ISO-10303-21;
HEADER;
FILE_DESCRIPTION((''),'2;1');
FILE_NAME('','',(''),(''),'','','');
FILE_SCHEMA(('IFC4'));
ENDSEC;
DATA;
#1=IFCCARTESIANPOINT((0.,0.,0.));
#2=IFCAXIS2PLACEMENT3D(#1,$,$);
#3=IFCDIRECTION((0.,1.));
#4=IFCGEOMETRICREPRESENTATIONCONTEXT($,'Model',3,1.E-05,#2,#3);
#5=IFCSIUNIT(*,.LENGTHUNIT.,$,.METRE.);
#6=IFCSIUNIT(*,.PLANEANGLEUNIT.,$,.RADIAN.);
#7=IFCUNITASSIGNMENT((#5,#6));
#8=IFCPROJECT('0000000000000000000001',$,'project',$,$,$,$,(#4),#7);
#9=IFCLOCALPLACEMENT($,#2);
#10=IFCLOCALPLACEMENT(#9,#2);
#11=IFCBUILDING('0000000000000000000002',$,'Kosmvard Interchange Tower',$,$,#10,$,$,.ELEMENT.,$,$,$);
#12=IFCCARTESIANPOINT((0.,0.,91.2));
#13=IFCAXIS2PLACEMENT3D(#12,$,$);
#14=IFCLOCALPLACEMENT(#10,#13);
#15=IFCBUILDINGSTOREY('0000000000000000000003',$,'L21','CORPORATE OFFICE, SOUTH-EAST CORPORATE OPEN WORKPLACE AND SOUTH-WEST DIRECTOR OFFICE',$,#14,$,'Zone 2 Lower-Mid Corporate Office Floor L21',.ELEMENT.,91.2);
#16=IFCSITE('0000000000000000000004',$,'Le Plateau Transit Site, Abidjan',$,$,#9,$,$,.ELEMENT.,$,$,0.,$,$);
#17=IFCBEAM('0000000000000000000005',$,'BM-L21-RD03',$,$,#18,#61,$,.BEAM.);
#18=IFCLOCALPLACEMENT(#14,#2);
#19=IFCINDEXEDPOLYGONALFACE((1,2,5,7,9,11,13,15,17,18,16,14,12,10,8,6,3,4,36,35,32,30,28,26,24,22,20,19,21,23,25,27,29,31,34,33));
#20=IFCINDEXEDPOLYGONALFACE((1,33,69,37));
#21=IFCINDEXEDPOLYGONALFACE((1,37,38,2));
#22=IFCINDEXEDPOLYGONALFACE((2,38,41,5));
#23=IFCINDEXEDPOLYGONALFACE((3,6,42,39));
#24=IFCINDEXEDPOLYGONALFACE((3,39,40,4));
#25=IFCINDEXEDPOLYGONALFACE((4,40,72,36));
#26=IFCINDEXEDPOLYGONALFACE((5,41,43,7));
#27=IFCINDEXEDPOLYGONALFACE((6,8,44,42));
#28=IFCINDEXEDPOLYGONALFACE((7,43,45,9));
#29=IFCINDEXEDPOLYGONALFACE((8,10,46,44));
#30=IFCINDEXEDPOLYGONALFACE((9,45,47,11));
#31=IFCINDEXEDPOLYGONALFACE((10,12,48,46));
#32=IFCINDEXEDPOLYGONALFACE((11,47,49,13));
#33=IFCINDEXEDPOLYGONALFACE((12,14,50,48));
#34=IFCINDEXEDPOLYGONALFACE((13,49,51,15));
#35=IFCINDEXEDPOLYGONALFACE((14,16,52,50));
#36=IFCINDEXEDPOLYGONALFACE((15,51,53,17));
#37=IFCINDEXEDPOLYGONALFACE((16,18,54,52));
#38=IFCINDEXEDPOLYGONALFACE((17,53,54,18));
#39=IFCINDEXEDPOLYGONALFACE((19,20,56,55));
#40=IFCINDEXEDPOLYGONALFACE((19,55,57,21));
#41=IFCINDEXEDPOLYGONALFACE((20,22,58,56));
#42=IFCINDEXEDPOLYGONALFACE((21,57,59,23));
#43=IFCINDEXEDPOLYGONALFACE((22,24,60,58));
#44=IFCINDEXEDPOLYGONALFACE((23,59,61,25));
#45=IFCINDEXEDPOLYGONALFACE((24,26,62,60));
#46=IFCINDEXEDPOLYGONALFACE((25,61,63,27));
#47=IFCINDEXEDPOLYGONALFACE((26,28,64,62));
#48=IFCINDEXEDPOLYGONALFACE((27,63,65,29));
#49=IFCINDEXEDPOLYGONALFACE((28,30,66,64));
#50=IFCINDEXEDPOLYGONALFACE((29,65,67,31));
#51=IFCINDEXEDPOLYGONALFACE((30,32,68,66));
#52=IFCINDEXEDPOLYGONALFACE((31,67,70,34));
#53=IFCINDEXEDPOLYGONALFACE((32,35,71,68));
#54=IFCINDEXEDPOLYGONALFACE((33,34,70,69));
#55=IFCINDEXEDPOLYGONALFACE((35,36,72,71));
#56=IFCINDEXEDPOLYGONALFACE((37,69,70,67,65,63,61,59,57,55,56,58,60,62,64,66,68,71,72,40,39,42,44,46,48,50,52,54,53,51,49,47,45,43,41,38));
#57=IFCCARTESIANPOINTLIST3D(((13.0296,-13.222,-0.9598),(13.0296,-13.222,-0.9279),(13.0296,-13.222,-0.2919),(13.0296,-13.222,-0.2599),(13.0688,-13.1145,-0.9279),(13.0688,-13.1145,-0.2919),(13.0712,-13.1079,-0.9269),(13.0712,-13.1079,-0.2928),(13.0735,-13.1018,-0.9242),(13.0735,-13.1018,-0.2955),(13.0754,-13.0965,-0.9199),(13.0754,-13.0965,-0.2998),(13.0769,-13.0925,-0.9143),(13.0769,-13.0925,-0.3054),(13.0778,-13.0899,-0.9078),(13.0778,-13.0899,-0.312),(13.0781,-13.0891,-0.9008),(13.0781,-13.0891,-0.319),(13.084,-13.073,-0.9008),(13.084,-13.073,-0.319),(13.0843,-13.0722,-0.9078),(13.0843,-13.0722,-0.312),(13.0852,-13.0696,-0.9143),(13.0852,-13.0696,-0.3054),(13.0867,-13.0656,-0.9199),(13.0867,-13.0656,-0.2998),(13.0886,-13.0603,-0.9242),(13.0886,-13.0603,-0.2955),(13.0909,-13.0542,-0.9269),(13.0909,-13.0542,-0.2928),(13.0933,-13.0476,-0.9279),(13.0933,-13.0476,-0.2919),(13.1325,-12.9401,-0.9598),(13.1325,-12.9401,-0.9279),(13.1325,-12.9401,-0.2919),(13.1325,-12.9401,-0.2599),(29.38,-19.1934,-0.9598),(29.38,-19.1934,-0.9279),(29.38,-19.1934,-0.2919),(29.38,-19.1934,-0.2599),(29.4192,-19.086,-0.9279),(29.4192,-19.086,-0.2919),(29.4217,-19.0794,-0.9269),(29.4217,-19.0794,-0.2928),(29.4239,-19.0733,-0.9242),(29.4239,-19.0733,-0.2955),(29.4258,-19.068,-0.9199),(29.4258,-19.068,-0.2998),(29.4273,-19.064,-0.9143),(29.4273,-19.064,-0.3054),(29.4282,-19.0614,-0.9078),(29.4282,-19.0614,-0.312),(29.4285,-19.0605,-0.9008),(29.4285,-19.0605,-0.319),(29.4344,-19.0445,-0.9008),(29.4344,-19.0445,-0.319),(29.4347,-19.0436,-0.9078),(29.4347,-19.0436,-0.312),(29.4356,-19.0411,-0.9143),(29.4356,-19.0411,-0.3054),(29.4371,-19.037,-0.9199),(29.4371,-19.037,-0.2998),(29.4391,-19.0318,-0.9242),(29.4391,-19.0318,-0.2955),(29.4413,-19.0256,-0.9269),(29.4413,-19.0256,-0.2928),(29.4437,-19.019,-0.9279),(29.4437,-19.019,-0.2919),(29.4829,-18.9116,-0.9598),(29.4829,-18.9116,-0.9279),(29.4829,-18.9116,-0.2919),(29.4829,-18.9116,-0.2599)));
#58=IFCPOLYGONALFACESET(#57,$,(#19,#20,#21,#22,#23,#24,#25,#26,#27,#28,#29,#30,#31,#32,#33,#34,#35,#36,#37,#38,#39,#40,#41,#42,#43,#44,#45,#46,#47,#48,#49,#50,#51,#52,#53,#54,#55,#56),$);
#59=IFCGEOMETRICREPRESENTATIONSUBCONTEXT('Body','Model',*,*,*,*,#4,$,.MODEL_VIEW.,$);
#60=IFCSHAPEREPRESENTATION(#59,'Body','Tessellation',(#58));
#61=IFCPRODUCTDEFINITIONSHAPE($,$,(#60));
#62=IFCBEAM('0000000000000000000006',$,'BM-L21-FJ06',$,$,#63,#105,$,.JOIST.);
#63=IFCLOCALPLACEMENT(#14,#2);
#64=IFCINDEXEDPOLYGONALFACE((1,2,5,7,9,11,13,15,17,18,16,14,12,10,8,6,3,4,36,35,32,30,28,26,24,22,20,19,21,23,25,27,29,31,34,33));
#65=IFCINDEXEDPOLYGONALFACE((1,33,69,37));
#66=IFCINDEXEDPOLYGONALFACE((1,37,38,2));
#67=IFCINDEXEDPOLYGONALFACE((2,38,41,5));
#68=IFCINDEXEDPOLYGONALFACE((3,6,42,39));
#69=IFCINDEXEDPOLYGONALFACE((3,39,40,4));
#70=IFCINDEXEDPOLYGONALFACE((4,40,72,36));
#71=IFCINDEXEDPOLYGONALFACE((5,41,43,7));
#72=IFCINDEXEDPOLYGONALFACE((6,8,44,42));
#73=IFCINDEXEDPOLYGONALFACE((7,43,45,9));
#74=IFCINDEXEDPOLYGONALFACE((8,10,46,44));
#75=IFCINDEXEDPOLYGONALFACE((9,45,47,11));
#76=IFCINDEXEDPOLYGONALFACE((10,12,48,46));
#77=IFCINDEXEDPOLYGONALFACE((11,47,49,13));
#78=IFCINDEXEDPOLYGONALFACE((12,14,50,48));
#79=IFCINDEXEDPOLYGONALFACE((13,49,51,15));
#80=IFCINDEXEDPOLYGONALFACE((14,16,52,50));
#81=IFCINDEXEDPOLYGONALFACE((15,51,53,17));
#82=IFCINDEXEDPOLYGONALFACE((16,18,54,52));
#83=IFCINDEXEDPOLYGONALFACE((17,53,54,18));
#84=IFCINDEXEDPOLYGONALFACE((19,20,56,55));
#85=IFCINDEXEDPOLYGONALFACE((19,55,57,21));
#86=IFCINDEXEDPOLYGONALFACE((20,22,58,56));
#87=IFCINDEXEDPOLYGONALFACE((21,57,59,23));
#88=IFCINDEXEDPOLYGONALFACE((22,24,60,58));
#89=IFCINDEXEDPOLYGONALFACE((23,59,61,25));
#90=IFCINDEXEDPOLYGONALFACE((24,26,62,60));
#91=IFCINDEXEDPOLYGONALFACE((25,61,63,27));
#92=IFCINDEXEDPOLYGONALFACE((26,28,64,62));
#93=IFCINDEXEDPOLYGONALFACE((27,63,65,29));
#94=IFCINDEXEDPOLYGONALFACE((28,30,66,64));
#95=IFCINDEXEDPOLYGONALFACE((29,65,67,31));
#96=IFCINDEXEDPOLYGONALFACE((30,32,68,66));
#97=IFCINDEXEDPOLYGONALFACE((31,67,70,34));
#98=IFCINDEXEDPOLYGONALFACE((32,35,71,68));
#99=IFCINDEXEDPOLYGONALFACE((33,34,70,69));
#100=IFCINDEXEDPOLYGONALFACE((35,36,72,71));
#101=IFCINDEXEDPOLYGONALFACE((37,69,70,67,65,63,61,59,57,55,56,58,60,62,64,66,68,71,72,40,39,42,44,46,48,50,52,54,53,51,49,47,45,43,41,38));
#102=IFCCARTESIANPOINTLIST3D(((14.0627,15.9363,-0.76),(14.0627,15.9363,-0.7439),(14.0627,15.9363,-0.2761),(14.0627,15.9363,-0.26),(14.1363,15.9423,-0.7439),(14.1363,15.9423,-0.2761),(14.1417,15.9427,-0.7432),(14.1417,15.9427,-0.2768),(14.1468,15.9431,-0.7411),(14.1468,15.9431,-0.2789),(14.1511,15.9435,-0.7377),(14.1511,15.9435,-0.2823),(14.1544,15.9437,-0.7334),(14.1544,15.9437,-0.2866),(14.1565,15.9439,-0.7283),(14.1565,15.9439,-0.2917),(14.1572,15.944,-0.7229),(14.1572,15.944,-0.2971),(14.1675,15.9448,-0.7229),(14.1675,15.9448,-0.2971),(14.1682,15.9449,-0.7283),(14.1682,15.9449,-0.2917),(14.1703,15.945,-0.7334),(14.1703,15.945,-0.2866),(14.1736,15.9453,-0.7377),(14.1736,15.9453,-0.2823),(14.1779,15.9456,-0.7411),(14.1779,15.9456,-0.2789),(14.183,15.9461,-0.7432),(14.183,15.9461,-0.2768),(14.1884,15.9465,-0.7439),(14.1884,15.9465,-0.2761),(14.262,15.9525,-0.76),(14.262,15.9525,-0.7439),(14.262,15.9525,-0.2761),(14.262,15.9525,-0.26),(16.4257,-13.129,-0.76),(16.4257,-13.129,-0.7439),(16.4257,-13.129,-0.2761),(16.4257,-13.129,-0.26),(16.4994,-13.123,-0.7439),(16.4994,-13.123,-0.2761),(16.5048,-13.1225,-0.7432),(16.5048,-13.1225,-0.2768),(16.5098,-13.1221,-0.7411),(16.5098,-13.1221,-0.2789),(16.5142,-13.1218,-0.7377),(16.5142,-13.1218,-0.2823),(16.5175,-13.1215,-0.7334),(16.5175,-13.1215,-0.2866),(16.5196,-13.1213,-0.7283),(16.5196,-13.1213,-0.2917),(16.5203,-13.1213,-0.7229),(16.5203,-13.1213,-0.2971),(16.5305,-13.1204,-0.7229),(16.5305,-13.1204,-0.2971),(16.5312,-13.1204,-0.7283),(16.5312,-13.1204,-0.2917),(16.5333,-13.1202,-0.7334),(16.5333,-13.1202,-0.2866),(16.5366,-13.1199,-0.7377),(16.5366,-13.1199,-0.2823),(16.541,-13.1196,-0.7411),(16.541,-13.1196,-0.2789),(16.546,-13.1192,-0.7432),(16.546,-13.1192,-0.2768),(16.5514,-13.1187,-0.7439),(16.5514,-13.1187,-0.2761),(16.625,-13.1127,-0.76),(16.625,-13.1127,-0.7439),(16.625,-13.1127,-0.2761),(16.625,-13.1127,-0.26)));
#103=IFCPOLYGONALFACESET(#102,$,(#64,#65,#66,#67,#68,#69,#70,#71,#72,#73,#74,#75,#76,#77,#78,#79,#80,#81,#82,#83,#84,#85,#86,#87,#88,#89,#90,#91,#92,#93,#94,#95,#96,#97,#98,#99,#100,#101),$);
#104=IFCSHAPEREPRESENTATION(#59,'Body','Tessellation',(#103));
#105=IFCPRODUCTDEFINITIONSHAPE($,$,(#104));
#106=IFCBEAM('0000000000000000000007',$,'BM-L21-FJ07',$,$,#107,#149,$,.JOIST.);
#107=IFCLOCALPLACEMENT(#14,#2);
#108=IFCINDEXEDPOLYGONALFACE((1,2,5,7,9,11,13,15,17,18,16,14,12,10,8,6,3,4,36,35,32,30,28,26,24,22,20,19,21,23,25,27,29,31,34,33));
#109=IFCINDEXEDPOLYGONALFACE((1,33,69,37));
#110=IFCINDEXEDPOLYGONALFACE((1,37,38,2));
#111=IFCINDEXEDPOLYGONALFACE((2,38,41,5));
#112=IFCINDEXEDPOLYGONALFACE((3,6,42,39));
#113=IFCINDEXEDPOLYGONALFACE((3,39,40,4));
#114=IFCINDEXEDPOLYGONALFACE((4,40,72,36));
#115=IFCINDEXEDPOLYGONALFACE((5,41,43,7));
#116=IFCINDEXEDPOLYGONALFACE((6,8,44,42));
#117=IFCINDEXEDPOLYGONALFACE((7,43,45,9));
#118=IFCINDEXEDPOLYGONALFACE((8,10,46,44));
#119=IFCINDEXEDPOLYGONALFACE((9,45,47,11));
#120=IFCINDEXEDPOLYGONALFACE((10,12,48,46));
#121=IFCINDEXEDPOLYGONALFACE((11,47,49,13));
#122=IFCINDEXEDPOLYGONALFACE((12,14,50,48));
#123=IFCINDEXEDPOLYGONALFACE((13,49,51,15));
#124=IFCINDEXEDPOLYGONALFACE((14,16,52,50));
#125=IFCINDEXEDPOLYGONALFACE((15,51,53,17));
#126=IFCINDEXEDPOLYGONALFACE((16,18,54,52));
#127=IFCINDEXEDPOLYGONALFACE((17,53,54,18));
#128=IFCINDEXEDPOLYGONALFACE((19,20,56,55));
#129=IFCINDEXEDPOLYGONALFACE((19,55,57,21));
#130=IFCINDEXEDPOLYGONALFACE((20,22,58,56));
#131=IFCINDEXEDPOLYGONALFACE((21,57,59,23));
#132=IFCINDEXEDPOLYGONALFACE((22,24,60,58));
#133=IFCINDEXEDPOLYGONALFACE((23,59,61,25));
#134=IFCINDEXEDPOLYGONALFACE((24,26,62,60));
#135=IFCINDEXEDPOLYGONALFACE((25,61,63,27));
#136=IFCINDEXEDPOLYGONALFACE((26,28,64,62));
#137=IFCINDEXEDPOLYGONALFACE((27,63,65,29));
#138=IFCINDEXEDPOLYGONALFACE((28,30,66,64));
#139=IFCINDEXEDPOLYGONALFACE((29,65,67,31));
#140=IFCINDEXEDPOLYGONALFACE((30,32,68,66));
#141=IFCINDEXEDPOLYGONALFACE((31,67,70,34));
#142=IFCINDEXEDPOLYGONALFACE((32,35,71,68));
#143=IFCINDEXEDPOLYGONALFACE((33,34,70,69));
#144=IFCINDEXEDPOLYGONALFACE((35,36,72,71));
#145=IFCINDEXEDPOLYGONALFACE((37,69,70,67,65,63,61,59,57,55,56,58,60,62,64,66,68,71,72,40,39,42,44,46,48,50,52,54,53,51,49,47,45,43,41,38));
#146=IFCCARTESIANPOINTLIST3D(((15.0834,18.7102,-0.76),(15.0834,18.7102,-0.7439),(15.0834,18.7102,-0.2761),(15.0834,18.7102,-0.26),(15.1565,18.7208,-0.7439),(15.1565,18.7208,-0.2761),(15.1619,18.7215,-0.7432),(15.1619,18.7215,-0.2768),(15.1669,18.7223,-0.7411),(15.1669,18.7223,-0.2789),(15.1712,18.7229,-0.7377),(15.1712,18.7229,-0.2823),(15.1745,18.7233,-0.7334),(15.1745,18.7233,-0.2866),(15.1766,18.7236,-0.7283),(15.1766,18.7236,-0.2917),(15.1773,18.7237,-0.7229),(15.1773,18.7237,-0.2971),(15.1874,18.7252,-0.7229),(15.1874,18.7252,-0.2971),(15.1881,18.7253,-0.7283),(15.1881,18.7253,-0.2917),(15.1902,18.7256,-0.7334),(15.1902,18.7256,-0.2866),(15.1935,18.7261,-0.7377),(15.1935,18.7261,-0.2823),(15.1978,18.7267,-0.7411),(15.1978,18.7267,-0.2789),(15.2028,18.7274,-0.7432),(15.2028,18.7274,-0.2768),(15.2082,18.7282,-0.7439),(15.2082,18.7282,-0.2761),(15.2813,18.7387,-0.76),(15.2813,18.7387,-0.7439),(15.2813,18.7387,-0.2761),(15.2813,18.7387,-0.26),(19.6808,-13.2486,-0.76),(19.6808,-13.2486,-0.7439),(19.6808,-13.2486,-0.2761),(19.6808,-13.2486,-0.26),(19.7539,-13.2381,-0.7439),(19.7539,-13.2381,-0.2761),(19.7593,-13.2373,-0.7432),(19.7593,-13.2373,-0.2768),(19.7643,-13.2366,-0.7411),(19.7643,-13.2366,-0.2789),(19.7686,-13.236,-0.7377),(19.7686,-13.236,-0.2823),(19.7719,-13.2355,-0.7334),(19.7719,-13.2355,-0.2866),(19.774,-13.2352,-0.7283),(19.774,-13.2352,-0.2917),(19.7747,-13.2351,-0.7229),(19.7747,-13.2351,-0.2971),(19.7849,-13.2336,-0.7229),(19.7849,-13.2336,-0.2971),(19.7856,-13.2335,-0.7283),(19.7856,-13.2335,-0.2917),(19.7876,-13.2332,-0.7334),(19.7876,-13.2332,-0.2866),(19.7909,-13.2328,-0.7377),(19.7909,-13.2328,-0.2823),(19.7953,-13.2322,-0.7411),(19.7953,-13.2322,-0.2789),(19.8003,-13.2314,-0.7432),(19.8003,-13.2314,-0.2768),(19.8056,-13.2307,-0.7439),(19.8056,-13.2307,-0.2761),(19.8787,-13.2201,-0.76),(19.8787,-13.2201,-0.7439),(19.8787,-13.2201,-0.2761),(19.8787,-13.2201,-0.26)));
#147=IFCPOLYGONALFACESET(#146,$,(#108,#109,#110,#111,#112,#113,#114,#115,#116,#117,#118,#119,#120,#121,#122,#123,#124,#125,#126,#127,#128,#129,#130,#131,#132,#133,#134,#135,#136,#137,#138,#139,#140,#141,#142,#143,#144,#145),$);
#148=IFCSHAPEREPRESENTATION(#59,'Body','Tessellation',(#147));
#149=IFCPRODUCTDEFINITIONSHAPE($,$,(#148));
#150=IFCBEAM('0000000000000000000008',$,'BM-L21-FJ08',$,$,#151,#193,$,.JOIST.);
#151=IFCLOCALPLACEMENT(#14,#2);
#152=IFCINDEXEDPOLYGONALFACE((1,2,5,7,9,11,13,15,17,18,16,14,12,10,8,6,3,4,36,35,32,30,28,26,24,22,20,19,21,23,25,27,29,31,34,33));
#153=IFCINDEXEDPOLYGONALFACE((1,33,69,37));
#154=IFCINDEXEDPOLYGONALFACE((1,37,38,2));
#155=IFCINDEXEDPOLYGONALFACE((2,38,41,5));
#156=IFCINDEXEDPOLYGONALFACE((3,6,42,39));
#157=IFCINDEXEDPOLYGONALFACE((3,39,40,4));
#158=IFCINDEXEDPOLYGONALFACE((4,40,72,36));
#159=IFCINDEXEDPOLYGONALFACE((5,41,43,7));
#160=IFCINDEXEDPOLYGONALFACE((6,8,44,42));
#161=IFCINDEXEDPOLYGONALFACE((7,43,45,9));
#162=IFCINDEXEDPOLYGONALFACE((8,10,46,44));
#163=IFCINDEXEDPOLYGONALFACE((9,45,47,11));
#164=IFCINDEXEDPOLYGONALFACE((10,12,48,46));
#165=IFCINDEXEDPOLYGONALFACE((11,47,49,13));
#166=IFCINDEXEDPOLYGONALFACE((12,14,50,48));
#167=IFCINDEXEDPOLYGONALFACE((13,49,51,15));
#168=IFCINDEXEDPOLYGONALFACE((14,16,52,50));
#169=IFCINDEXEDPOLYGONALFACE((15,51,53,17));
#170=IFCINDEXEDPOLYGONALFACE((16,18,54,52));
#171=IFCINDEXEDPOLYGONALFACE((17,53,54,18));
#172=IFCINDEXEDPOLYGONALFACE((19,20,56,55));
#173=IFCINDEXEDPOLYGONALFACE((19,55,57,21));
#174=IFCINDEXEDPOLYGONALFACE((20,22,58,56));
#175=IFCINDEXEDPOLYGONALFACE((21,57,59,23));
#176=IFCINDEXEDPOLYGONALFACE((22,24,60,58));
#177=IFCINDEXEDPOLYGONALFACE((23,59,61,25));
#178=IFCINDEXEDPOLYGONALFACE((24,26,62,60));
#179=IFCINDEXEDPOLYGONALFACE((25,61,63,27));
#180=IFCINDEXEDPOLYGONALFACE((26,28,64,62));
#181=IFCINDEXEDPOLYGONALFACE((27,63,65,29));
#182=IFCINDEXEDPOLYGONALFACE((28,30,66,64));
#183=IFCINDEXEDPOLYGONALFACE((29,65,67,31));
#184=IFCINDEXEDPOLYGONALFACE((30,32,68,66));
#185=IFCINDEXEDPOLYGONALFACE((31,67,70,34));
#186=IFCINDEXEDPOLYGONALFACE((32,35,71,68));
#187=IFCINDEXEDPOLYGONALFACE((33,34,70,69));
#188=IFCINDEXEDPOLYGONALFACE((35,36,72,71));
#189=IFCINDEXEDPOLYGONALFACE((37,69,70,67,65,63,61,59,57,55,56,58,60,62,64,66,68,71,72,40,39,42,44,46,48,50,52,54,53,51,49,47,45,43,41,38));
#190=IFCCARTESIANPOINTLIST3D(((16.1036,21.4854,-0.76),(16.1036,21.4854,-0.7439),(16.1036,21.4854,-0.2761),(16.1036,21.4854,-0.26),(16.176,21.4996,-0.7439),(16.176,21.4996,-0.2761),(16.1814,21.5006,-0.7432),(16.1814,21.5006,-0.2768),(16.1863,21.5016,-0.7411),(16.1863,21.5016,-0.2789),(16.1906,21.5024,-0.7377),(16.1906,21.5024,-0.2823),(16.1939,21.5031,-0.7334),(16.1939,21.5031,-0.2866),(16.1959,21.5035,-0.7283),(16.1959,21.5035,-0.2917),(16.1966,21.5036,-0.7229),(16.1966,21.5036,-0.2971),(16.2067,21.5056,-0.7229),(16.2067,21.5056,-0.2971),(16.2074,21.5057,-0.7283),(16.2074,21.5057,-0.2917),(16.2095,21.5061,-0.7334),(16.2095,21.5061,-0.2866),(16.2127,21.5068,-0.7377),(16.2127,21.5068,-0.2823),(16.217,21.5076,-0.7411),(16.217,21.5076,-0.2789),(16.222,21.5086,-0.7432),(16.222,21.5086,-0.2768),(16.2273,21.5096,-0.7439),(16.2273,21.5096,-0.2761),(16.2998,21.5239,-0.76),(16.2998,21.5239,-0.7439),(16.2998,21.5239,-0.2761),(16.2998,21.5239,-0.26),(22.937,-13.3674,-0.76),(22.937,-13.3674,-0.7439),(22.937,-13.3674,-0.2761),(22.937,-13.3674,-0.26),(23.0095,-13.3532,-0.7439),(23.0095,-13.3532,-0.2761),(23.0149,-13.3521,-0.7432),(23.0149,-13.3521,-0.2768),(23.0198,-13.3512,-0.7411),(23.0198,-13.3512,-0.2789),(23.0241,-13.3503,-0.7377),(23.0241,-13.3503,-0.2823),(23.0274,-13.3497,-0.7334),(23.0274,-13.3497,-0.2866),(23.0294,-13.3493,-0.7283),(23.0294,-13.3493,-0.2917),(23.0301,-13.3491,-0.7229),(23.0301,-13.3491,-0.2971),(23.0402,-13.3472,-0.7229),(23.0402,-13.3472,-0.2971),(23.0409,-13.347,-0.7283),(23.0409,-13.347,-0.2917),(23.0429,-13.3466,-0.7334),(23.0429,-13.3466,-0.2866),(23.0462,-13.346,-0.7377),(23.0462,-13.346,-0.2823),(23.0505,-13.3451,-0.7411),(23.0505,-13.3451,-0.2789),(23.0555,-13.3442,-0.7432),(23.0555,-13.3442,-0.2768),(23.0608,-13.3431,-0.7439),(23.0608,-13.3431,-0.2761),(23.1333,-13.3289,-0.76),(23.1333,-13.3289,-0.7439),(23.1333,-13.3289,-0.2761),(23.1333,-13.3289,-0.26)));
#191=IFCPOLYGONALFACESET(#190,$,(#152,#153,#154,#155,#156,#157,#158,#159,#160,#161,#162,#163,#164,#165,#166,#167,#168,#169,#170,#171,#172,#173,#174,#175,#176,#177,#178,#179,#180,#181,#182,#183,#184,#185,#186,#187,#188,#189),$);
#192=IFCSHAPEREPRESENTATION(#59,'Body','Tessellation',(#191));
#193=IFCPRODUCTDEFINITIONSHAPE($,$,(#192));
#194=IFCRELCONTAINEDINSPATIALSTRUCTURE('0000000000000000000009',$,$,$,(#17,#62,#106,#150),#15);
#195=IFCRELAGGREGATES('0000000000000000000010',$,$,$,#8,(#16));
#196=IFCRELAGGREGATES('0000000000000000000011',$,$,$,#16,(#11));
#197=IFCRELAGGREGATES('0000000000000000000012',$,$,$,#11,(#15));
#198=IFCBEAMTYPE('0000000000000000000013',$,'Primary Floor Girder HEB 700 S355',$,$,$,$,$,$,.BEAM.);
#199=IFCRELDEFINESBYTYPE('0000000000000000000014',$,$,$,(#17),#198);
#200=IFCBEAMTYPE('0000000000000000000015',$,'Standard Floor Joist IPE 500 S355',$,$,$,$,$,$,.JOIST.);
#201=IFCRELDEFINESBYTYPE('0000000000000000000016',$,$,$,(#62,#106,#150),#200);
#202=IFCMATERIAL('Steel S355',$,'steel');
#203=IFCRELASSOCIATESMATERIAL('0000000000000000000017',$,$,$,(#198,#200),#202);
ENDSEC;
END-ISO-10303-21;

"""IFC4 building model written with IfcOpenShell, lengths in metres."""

from ifc_helpers import new_model, si_unit, direction, frame, origin, origin_2d, place, context, subcontext, project, spatial, i_section, extrude, source, transform, mapped, material, material_profile, profile_set, type_object, element, save


model = new_model("IFC4")

# Units and contexts
model_context = context("Model", 3, precision=1e-05, world=origin(), true_north=direction((0.0, 1.0)))
body_context = subcontext(model_context, "Body", "Model", "MODEL_VIEW")
ifc_project = project(units=[si_unit("LENGTHUNIT", "METRE"), si_unit("PLANEANGLEUNIT", "RADIAN")], contexts=[model_context])

# Site, building, storey
site_placement = place(None, origin())
site = spatial("IfcSite", under=ifc_project, at=site_placement, Name="Le Plateau Transit Site, Abidjan", CompositionType="ELEMENT", RefElevation=0.0)
building_placement = place(site_placement, origin())
building = spatial("IfcBuilding", under=site, at=building_placement, Name="Kosmvard Interchange Tower", CompositionType="ELEMENT")
storey_placement = place(building_placement, frame((0.0, 0.0, 91.2)))
storey = spatial("IfcBuildingStorey", under=building, at=storey_placement, Name="L21", Description="CORPORATE OFFICE, SOUTH-EAST CORPORATE OPEN WORKPLACE AND SOUTH-WEST DIRECTOR OFFICE", LongName="Zone 2 Lower-Mid Corporate Office Floor L21", CompositionType="ELEMENT", Elevation=91.2)

# Beams
ifc_material_1 = material(Name="Steel S355", Category="steel")
ifc_material_profile_1 = material_profile(ifc_material_1, i_section(OverallWidth=0.3, OverallDepth=0.7, WebThickness=0.0171, FlangeThickness=0.032, FilletRadius=0.0271, at=origin_2d()), Name="HEB 700")
ifc_profile_set_1 = profile_set([ifc_material_profile_1], Name="Steel S355")
beam_type_1 = type_object("IfcBeamType", Name="Primary Floor Girder HEB 700 S355", PredefinedType="BEAM", material=ifc_profile_set_1)
shared_shape_1 = source(origin(), body_context, "Body", "SweptSolid", [
    extrude(i_section(OverallWidth=0.3, OverallDepth=0.7, WebThickness=0.0171, FlangeThickness=0.032, FilletRadius=0.0271, at=origin_2d()), origin(), (0.0, 0.0, 1.0), 17.4067),
])
beam_1_placement = place(storey_placement, frame((13.0811, -13.0811, -0.6099), z_axis=(0.939315, -0.343055, 0.0), x_axis=(0.343055, 0.939315, 0.0)))
element("IfcBeam", 1, at=beam_1_placement, inside=storey, type_object=beam_type_1, Name="BM-L21-RD03", PredefinedType="BEAM", context=body_context, shape_type="MappedRepresentation", body=[
    mapped(shared_shape_1, transform((0.0, 0.0, 0.0), scale=1.0)),
])
ifc_material_profile_2 = material_profile(ifc_material_1, i_section(OverallWidth=0.2, OverallDepth=0.5, WebThickness=0.0103, FlangeThickness=0.0161, FilletRadius=0.021, at=origin_2d()), Name="IPE 500")
ifc_profile_set_2 = profile_set([ifc_material_profile_2], Name="Steel S355")
beam_type_2 = type_object("IfcBeamType", Name="Standard Floor Joist IPE 500 S355", PredefinedType="JOIST", material=ifc_profile_set_2)
shared_shape_2 = source(origin(), body_context, "Body", "SweptSolid", [
    extrude(i_section(OverallWidth=0.2, OverallDepth=0.5, WebThickness=0.0103, FlangeThickness=0.0161, FilletRadius=0.021, at=origin_2d()), origin(), (0.0, 0.0, 1.0), 29.1611),
])
beam_2_placement = place(storey_placement, frame((16.5254, -13.1208, -0.51), z_axis=(-0.081034, 0.996711, 0.0), x_axis=(-0.996711, -0.081034, 0.0)))
element("IfcBeam", 2, at=beam_2_placement, inside=storey, type_object=beam_type_2, Name="BM-L21-FJ06", PredefinedType="JOIST", context=body_context, shape_type="MappedRepresentation", body=[
    mapped(shared_shape_2, transform((0.0, 0.0, 0.0), scale=1.0)),
])
shared_shape_3 = source(origin(), body_context, "Body", "SweptSolid", [
    extrude(i_section(OverallWidth=0.2, OverallDepth=0.5, WebThickness=0.0103, FlangeThickness=0.0161, FilletRadius=0.021, at=origin_2d()), origin(), (0.0, 0.0, 1.0), 32.2878),
])
beam_3_placement = place(storey_placement, frame((19.7798, -13.2344, -0.51), z_axis=(-0.142389, 0.989811, 0.0), x_axis=(-0.989811, -0.142389, 0.0)))
element("IfcBeam", 3, at=beam_3_placement, inside=storey, type_object=beam_type_2, Name="BM-L21-FJ07", PredefinedType="JOIST", context=body_context, shape_type="MappedRepresentation", body=[
    mapped(shared_shape_3, transform((0.0, 0.0, 0.0), scale=1.0)),
])
shared_shape_4 = source(origin(), body_context, "Body", "SweptSolid", [
    extrude(i_section(OverallWidth=0.2, OverallDepth=0.5, WebThickness=0.0103, FlangeThickness=0.0161, FilletRadius=0.021, at=origin_2d()), origin(), (0.0, 0.0, 1.0), 35.5164),
])
beam_4_placement = place(storey_placement, frame((23.0352, -13.3481, -0.51), z_axis=(-0.192404, 0.981316, 0.0), x_axis=(-0.981316, -0.192404, 0.0)))
element("IfcBeam", 4, at=beam_4_placement, inside=storey, type_object=beam_type_2, Name="BM-L21-FJ08", PredefinedType="JOIST", context=body_context, shape_type="MappedRepresentation", body=[
    mapped(shared_shape_4, transform((0.0, 0.0, 0.0), scale=1.0)),
])

save(model, "model.ifc")
